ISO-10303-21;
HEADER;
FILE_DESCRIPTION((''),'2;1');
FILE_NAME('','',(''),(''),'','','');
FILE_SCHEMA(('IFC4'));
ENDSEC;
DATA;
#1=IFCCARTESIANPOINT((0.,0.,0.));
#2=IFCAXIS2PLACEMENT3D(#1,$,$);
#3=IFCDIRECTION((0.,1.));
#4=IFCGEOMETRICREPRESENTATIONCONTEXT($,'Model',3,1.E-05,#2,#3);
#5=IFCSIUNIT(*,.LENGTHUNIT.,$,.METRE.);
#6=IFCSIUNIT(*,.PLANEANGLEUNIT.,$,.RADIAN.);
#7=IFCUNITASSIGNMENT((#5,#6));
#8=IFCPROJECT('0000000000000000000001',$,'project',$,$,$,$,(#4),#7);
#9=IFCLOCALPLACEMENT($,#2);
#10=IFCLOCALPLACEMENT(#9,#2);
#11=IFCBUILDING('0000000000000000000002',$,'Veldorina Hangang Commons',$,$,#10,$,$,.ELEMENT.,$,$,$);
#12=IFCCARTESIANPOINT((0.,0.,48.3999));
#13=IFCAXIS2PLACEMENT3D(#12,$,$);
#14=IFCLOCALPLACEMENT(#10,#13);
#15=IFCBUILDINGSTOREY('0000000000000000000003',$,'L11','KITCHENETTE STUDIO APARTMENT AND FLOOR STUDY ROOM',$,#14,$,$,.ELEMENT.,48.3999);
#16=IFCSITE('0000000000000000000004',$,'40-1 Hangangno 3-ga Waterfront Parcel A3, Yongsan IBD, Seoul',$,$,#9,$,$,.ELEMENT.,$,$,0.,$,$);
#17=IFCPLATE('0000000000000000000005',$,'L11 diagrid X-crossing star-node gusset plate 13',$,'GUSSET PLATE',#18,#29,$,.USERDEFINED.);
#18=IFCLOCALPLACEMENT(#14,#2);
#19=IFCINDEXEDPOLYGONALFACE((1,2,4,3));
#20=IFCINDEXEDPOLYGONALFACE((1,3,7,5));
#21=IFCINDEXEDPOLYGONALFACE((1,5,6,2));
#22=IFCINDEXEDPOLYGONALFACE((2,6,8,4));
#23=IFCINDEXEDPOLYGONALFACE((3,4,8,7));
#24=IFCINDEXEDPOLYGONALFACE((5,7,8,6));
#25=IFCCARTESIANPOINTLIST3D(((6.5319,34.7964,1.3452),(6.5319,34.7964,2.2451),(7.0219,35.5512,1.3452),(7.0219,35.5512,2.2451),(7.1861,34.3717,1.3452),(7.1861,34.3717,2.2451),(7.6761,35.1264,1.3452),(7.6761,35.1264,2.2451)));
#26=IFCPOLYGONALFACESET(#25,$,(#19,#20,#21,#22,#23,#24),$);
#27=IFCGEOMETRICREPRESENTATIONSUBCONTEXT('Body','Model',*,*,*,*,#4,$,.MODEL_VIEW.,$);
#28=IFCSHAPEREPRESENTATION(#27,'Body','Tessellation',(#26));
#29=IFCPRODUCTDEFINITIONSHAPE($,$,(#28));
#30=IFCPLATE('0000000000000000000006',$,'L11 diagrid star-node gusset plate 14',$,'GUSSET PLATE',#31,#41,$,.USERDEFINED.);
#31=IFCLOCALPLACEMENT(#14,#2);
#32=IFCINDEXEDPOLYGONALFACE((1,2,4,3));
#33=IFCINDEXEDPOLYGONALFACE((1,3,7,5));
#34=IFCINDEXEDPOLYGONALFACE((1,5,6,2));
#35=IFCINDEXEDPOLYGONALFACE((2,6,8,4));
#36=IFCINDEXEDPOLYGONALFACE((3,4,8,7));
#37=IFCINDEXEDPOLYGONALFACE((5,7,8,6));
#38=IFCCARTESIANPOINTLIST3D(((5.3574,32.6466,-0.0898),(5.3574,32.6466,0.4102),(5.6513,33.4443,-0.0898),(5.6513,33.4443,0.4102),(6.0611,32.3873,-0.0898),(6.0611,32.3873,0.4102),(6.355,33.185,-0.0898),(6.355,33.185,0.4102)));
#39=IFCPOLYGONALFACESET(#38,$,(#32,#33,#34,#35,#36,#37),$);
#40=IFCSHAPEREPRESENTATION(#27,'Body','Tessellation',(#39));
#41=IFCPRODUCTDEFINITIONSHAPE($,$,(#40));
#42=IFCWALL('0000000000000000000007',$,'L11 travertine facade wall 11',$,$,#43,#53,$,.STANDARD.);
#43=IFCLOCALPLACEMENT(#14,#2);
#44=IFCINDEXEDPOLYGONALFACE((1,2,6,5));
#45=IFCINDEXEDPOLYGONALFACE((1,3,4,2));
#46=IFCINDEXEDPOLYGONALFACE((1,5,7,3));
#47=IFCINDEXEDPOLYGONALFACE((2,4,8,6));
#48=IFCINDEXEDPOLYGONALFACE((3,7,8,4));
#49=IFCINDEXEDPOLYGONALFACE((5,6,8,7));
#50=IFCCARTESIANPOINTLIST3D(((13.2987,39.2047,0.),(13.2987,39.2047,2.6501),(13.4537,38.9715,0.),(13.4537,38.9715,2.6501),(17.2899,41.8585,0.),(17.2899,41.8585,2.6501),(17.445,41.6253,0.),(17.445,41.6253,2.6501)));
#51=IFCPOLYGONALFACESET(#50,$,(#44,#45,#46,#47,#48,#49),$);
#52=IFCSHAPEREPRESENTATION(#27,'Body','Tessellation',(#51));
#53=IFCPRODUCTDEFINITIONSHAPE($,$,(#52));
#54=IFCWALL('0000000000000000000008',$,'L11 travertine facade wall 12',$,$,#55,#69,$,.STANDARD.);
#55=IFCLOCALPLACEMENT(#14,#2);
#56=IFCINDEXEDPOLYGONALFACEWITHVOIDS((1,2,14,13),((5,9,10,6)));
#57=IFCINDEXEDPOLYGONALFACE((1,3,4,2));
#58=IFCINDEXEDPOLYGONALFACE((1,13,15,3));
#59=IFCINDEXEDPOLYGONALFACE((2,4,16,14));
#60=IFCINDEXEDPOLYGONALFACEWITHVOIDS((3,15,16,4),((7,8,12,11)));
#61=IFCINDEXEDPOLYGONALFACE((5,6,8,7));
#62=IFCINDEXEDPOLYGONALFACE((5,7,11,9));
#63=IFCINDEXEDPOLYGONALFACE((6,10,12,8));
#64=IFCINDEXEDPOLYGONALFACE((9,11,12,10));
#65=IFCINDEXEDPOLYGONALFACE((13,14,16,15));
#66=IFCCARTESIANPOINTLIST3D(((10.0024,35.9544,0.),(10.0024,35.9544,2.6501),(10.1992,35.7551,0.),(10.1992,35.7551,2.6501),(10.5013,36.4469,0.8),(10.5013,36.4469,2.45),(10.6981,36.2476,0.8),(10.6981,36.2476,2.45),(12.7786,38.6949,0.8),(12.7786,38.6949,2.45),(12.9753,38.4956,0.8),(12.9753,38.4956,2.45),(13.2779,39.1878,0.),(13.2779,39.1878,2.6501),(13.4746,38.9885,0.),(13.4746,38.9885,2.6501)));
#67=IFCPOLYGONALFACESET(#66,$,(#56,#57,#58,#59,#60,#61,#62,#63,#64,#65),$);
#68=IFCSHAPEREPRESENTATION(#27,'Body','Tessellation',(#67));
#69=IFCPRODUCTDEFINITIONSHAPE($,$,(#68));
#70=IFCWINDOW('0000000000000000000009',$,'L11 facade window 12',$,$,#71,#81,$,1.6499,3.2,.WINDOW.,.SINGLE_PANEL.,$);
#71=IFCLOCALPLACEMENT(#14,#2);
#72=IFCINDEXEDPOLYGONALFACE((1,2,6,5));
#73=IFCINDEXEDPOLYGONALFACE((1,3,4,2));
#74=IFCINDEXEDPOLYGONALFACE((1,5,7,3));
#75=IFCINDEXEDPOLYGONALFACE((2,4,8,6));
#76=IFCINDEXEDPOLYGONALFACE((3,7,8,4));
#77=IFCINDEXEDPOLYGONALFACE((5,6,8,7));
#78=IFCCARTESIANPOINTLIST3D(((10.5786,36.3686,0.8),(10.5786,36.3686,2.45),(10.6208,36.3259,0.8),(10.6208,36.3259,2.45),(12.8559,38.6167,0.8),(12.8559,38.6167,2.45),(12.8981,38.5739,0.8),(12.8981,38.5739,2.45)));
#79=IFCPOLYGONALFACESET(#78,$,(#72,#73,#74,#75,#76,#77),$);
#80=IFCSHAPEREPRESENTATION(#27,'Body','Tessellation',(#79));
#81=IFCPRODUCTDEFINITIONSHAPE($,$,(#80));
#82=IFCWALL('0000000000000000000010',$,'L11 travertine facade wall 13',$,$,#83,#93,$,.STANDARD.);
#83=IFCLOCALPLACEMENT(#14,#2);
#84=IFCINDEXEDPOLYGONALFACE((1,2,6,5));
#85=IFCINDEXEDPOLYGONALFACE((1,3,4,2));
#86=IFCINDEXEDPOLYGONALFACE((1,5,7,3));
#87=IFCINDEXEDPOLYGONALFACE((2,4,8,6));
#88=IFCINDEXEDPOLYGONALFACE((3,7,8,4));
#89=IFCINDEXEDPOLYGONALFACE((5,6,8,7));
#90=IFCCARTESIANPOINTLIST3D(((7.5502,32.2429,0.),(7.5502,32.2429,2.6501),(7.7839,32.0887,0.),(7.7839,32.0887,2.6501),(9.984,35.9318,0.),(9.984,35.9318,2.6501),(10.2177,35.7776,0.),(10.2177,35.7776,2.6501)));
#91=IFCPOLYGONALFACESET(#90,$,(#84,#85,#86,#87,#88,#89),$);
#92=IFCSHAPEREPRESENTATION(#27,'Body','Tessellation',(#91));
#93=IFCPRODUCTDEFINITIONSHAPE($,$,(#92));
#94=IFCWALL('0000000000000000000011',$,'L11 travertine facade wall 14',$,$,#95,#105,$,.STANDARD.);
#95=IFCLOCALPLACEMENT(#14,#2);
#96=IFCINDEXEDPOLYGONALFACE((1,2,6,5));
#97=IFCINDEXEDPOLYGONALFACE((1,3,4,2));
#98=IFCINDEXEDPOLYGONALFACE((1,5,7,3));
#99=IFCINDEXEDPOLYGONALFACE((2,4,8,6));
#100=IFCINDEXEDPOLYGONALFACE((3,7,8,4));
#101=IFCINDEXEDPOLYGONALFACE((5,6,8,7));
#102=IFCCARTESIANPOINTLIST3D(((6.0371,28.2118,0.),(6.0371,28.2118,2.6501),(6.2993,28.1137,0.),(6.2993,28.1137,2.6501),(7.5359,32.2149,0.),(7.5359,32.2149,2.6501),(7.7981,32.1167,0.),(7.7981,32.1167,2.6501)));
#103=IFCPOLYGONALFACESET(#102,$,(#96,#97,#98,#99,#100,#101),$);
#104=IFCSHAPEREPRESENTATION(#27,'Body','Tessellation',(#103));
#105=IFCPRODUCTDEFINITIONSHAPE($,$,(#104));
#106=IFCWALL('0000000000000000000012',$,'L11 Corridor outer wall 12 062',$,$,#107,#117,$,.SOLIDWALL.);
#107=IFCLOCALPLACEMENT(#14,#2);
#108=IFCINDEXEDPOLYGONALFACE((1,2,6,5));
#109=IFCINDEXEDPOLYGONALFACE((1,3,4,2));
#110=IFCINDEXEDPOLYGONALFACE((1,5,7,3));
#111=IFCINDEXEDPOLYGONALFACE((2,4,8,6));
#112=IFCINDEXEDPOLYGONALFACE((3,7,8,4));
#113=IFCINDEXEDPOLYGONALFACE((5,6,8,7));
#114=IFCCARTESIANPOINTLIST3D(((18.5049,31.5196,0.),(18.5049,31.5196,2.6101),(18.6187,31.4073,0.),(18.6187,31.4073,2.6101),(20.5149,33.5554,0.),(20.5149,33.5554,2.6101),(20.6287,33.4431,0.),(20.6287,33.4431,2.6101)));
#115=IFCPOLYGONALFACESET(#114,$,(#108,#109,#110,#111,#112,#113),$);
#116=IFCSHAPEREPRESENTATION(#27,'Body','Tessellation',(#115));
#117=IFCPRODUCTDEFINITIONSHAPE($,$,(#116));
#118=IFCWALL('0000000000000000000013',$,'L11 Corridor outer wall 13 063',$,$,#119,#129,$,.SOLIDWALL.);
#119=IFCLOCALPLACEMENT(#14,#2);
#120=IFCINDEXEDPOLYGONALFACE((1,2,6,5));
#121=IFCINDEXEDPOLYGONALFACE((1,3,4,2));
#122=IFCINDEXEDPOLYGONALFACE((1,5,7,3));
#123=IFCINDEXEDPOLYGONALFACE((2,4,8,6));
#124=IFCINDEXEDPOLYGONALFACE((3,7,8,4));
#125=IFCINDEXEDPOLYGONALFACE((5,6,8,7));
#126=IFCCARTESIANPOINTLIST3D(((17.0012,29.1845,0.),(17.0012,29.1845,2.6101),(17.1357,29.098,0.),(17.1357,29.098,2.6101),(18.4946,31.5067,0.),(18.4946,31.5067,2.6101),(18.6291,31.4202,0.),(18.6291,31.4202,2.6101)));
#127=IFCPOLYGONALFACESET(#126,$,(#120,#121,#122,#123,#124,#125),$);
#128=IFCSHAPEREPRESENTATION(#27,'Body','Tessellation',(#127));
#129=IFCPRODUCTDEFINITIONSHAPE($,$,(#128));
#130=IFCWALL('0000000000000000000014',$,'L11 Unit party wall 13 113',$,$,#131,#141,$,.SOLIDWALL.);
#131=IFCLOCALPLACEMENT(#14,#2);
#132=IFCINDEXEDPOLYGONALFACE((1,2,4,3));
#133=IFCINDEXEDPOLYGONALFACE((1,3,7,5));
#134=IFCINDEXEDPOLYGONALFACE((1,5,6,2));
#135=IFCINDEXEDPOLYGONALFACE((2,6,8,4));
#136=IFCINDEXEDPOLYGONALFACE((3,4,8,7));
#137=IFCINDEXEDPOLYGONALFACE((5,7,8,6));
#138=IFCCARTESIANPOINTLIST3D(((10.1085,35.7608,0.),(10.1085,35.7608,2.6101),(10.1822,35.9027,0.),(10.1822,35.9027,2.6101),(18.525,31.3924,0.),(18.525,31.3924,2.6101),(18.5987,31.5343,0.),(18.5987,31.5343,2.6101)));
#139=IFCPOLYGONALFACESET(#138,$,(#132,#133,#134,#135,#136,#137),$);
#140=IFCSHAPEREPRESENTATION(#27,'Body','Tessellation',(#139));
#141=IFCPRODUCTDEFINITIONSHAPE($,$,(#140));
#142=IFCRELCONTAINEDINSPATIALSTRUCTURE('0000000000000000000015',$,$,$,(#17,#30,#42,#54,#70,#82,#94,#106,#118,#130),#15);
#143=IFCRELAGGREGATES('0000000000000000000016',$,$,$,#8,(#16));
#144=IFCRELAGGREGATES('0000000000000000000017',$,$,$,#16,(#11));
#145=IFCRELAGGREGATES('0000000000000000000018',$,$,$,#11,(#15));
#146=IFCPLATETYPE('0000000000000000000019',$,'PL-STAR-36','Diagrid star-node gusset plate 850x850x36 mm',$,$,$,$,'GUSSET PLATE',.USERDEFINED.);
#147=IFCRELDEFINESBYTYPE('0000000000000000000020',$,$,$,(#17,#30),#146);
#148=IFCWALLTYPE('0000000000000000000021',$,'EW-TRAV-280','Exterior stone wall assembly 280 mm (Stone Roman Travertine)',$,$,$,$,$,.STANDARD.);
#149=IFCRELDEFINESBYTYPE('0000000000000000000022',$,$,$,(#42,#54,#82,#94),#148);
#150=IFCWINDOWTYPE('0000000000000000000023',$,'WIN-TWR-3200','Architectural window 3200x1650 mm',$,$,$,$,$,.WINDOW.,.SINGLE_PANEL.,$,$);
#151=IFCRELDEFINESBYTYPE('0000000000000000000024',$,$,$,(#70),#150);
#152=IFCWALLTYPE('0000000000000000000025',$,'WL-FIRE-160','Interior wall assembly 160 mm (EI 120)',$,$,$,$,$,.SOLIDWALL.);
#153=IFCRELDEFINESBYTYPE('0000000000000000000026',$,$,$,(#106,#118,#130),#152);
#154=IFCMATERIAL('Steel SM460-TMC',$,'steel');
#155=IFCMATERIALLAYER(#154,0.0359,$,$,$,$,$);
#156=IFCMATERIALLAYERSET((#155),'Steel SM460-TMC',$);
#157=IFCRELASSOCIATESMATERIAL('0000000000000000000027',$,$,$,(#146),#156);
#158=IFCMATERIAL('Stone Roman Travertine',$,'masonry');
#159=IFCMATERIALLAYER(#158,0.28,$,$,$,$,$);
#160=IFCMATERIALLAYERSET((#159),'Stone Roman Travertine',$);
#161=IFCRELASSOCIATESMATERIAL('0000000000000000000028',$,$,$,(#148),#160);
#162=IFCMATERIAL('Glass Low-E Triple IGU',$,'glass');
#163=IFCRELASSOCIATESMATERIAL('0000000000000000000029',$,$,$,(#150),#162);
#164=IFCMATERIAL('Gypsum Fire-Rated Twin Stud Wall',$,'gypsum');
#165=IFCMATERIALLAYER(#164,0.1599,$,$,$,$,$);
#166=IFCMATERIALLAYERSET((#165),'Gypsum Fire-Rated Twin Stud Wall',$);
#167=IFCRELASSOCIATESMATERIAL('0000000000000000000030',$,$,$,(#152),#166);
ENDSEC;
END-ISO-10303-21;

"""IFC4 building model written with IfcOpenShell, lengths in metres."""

from ifc_helpers import new_model, si_unit, direction, frame, frame_2d, origin, origin_2d, place, context, subcontext, project, spatial, rectangle, extrude, material, layer, layer_set, type_object, element, fill, save


model = new_model("IFC4")

# Units and contexts
model_context = context("Model", 3, precision=1e-05, world=origin(), true_north=direction((0.0, 1.0)))
body_context = subcontext(model_context, "Body", "Model", "MODEL_VIEW")
ifc_project = project(units=[si_unit("LENGTHUNIT", "METRE"), si_unit("PLANEANGLEUNIT", "RADIAN")], contexts=[model_context])

# Site, building, storey
site_placement = place(None, origin())
site = spatial("IfcSite", under=ifc_project, at=site_placement, Name="40-1 Hangangno 3-ga Waterfront Parcel A3, Yongsan IBD, Seoul", CompositionType="ELEMENT", RefElevation=0.0)
building_placement = place(site_placement, origin())
building = spatial("IfcBuilding", under=site, at=building_placement, Name="Veldorina Hangang Commons", CompositionType="ELEMENT")
storey_placement = place(building_placement, frame((0.0, 0.0, 48.3999)))
storey = spatial("IfcBuildingStorey", under=building, at=storey_placement, Name="L11", Description="KITCHENETTE STUDIO APARTMENT AND FLOOR STUDY ROOM", CompositionType="ELEMENT", Elevation=48.3999)

# Shared definitions
ifc_material_1 = material(Name="Steel SM460-TMC", Category="steel")

# Plates
ifc_layer_1 = layer(ifc_material_1, 0.0359)
ifc_layer_set_1 = layer_set([ifc_layer_1], Name="Steel SM460-TMC")
plate_type = type_object("IfcPlateType", Name="PL-STAR-36", Description="Diagrid star-node gusset plate 850x850x36 mm", ElementType="GUSSET PLATE", PredefinedType="USERDEFINED", material=ifc_layer_set_1)
plate_1_placement = place(storey_placement, frame((7.104, 34.9614, 1.3452), z_axis=(0.0, 0.0, 1.0), x_axis=(-0.544537, -0.838737, 0.0)))
element("IfcPlate", 1, at=plate_1_placement, inside=storey, type_object=plate_type, Name="L11 diagrid X-crossing star-node gusset plate 13", ObjectType="GUSSET PLATE", PredefinedType="USERDEFINED", context=body_context, shape_type="SweptSolid", body=[
    extrude(rectangle(XDim=0.8999, YDim=0.78, at=origin_2d()), origin(), (0.0, 0.0, 1.0), 0.8999),
])
plate_2_placement = place(storey_placement, frame((5.8562, 32.9158, -0.0898), z_axis=(0.0, 0.0, 1.0), x_axis=(-0.34574, -0.93833, 0.0)))
element("IfcPlate", 2, at=plate_2_placement, inside=storey, type_object=plate_type, Name="L11 diagrid star-node gusset plate 14", ObjectType="GUSSET PLATE", PredefinedType="USERDEFINED", context=body_context, shape_type="SweptSolid", body=[
    extrude(rectangle(XDim=0.8501, YDim=0.75, at=origin_2d()), origin(), (0.0, 0.0, 1.0), 0.5),
])

# Wall
ifc_material_2 = material(Name="Stone Roman Travertine", Category="masonry")
ifc_layer_2 = layer(ifc_material_2, 0.28)
ifc_layer_set_2 = layer_set([ifc_layer_2], Name="Stone Roman Travertine")
wall_type_1 = type_object("IfcWallType", Name="EW-TRAV-280", Description="Exterior stone wall assembly 280 mm (Stone Roman Travertine)", PredefinedType="STANDARD", material=ifc_layer_set_2)
wall_1_placement = place(storey_placement, frame((17.3674, 41.7419, 0.0), z_axis=(0.0, 0.0, 1.0), x_axis=(-0.832724, -0.553689, 0.0)))
element("IfcWall", 3, at=wall_1_placement, inside=storey, type_object=wall_type_1, Name="L11 travertine facade wall 11", PredefinedType="STANDARD", context=body_context, shape_type="SweptSolid", body=[
    extrude(rectangle(XDim=4.793, YDim=0.28, at=frame_2d((2.3965, 0.0))), origin(), (0.0, 0.0, 1.0), 2.6501),
])

# Wall, opening, window
wall_2_placement = place(storey_placement, frame((13.3762, 39.0881, 0.0), z_axis=(0.0, 0.0, 1.0), x_axis=(-0.711654, -0.70253, 0.0)))
wall_2 = element("IfcWall", 4, at=wall_2_placement, inside=storey, type_object=wall_type_1, Name="L11 travertine facade wall 12", PredefinedType="STANDARD", context=body_context, shape_type="SweptSolid", body=[
    extrude(rectangle(XDim=4.6025, YDim=0.28, at=frame_2d((2.3013, 0.0))), origin(), (0.0, 0.0, 1.0), 2.6501),
])
opening_placement = place(wall_2_placement, frame((0.7014, 0.0, 0.8)))
opening = element("IfcOpeningElement", 5, at=opening_placement, cuts=wall_2, PredefinedType="OPENING", context=body_context, shape_type="SweptSolid", body=[
    extrude(rectangle(XDim=3.2, YDim=1.6499, at=frame_2d((1.6001, 0.825))), frame((0.0, 0.1499, 0.0), z_axis=(0.0, -1.0, 0.0), x_axis=(1.0, 0.0, 0.0)), (0.0, 0.0, 1.0), 0.3),
])
ifc_material_3 = material(Name="Glass Low-E Triple IGU", Category="glass")
window_type = type_object("IfcWindowType", Name="WIN-TWR-3200", Description="Architectural window 3200x1650 mm", PartitioningType="SINGLE_PANEL", PredefinedType="WINDOW", material=ifc_material_3)
window_placement = place(opening_placement, origin())
window = element("IfcWindow", 6, at=window_placement, inside=storey, type_object=window_type, Name="L11 facade window 12", OverallHeight=1.6499, OverallWidth=3.2, PartitioningType="SINGLE_PANEL", PredefinedType="WINDOW", context=body_context, shape_type="SweptSolid", body=[
    extrude(rectangle(XDim=3.2, YDim=1.6499, at=frame_2d((1.6001, 0.825))), frame((0.0, 0.03, 0.0), z_axis=(0.0, -1.0, 0.0), x_axis=(1.0, 0.0, 0.0)), (0.0, 0.0, 1.0), 0.0601),
])
fill(opening, window)

# Walls
wall_3_placement = place(storey_placement, frame((10.1008, 35.8547, 0.0), z_axis=(0.0, 0.0, 1.0), x_axis=(-0.550704, -0.834701, 0.0)))
element("IfcWall", 7, at=wall_3_placement, inside=storey, type_object=wall_type_1, Name="L11 travertine facade wall 13", PredefinedType="STANDARD", context=body_context, shape_type="SweptSolid", body=[
    extrude(rectangle(XDim=4.4194, YDim=0.28, at=frame_2d((2.2097, 0.0))), origin(), (0.0, 0.0, 1.0), 2.6501),
])
wall_4_placement = place(storey_placement, frame((7.667, 32.1658, 0.0), z_axis=(0.0, 0.0, 1.0), x_axis=(-0.350648, -0.936507, 0.0)))
element("IfcWall", 8, at=wall_4_placement, inside=storey, type_object=wall_type_1, Name="L11 travertine facade wall 14", PredefinedType="STANDARD", context=body_context, shape_type="SweptSolid", body=[
    extrude(rectangle(XDim=4.2744, YDim=0.28, at=frame_2d((2.1372, 0.0))), origin(), (0.0, 0.0, 1.0), 2.6501),
])
ifc_material_4 = material(Name="Gypsum Fire-Rated Twin Stud Wall", Category="gypsum")
ifc_layer_3 = layer(ifc_material_4, 0.1599)
ifc_layer_set_3 = layer_set([ifc_layer_3], Name="Gypsum Fire-Rated Twin Stud Wall")
wall_type_2 = type_object("IfcWallType", Name="WL-FIRE-160", Description="Interior wall assembly 160 mm (EI 120)", PredefinedType="SOLIDWALL", material=ifc_layer_set_3)
wall_5_placement = place(storey_placement, frame((20.5718, 33.4993, 0.0), z_axis=(0.0, 0.0, 1.0), x_axis=(-0.70257, -0.711615, 0.0)))
element("IfcWall", 9, at=wall_5_placement, inside=storey, type_object=wall_type_2, Name="L11 Corridor outer wall 12 062", PredefinedType="SOLIDWALL", context=body_context, shape_type="SweptSolid", body=[
    extrude(rectangle(XDim=2.8608, YDim=0.1599, at=frame_2d((1.4304, 0.0))), origin(), (0.0, 0.0, 1.0), 2.6101),
])
wall_6_placement = place(storey_placement, frame((18.5618, 31.4634, 0.0), z_axis=(0.0, 0.0, 1.0), x_axis=(-0.540892, -0.841092, 0.0)))
element("IfcWall", 10, at=wall_6_placement, inside=storey, type_object=wall_type_2, Name="L11 Corridor outer wall 13 063", PredefinedType="SOLIDWALL", context=body_context, shape_type="SweptSolid", body=[
    extrude(rectangle(XDim=2.761, YDim=0.1599, at=frame_2d((1.3804, 0.0))), origin(), (0.0, 0.0, 1.0), 2.6101),
])
wall_7_placement = place(storey_placement, frame((18.5618, 31.4634, 0.0), z_axis=(0.0, 0.0, 1.0), x_axis=(-0.887569, 0.460674, 0.0)))
element("IfcWall", 11, at=wall_7_placement, inside=storey, type_object=wall_type_2, Name="L11 Unit party wall 13 113", PredefinedType="SOLIDWALL", context=body_context, shape_type="SweptSolid", body=[
    extrude(rectangle(XDim=9.4827, YDim=0.1599, at=frame_2d((4.7412, 0.0))), origin(), (0.0, 0.0, 1.0), 2.6101),
])

save(model, "model.ifc")
